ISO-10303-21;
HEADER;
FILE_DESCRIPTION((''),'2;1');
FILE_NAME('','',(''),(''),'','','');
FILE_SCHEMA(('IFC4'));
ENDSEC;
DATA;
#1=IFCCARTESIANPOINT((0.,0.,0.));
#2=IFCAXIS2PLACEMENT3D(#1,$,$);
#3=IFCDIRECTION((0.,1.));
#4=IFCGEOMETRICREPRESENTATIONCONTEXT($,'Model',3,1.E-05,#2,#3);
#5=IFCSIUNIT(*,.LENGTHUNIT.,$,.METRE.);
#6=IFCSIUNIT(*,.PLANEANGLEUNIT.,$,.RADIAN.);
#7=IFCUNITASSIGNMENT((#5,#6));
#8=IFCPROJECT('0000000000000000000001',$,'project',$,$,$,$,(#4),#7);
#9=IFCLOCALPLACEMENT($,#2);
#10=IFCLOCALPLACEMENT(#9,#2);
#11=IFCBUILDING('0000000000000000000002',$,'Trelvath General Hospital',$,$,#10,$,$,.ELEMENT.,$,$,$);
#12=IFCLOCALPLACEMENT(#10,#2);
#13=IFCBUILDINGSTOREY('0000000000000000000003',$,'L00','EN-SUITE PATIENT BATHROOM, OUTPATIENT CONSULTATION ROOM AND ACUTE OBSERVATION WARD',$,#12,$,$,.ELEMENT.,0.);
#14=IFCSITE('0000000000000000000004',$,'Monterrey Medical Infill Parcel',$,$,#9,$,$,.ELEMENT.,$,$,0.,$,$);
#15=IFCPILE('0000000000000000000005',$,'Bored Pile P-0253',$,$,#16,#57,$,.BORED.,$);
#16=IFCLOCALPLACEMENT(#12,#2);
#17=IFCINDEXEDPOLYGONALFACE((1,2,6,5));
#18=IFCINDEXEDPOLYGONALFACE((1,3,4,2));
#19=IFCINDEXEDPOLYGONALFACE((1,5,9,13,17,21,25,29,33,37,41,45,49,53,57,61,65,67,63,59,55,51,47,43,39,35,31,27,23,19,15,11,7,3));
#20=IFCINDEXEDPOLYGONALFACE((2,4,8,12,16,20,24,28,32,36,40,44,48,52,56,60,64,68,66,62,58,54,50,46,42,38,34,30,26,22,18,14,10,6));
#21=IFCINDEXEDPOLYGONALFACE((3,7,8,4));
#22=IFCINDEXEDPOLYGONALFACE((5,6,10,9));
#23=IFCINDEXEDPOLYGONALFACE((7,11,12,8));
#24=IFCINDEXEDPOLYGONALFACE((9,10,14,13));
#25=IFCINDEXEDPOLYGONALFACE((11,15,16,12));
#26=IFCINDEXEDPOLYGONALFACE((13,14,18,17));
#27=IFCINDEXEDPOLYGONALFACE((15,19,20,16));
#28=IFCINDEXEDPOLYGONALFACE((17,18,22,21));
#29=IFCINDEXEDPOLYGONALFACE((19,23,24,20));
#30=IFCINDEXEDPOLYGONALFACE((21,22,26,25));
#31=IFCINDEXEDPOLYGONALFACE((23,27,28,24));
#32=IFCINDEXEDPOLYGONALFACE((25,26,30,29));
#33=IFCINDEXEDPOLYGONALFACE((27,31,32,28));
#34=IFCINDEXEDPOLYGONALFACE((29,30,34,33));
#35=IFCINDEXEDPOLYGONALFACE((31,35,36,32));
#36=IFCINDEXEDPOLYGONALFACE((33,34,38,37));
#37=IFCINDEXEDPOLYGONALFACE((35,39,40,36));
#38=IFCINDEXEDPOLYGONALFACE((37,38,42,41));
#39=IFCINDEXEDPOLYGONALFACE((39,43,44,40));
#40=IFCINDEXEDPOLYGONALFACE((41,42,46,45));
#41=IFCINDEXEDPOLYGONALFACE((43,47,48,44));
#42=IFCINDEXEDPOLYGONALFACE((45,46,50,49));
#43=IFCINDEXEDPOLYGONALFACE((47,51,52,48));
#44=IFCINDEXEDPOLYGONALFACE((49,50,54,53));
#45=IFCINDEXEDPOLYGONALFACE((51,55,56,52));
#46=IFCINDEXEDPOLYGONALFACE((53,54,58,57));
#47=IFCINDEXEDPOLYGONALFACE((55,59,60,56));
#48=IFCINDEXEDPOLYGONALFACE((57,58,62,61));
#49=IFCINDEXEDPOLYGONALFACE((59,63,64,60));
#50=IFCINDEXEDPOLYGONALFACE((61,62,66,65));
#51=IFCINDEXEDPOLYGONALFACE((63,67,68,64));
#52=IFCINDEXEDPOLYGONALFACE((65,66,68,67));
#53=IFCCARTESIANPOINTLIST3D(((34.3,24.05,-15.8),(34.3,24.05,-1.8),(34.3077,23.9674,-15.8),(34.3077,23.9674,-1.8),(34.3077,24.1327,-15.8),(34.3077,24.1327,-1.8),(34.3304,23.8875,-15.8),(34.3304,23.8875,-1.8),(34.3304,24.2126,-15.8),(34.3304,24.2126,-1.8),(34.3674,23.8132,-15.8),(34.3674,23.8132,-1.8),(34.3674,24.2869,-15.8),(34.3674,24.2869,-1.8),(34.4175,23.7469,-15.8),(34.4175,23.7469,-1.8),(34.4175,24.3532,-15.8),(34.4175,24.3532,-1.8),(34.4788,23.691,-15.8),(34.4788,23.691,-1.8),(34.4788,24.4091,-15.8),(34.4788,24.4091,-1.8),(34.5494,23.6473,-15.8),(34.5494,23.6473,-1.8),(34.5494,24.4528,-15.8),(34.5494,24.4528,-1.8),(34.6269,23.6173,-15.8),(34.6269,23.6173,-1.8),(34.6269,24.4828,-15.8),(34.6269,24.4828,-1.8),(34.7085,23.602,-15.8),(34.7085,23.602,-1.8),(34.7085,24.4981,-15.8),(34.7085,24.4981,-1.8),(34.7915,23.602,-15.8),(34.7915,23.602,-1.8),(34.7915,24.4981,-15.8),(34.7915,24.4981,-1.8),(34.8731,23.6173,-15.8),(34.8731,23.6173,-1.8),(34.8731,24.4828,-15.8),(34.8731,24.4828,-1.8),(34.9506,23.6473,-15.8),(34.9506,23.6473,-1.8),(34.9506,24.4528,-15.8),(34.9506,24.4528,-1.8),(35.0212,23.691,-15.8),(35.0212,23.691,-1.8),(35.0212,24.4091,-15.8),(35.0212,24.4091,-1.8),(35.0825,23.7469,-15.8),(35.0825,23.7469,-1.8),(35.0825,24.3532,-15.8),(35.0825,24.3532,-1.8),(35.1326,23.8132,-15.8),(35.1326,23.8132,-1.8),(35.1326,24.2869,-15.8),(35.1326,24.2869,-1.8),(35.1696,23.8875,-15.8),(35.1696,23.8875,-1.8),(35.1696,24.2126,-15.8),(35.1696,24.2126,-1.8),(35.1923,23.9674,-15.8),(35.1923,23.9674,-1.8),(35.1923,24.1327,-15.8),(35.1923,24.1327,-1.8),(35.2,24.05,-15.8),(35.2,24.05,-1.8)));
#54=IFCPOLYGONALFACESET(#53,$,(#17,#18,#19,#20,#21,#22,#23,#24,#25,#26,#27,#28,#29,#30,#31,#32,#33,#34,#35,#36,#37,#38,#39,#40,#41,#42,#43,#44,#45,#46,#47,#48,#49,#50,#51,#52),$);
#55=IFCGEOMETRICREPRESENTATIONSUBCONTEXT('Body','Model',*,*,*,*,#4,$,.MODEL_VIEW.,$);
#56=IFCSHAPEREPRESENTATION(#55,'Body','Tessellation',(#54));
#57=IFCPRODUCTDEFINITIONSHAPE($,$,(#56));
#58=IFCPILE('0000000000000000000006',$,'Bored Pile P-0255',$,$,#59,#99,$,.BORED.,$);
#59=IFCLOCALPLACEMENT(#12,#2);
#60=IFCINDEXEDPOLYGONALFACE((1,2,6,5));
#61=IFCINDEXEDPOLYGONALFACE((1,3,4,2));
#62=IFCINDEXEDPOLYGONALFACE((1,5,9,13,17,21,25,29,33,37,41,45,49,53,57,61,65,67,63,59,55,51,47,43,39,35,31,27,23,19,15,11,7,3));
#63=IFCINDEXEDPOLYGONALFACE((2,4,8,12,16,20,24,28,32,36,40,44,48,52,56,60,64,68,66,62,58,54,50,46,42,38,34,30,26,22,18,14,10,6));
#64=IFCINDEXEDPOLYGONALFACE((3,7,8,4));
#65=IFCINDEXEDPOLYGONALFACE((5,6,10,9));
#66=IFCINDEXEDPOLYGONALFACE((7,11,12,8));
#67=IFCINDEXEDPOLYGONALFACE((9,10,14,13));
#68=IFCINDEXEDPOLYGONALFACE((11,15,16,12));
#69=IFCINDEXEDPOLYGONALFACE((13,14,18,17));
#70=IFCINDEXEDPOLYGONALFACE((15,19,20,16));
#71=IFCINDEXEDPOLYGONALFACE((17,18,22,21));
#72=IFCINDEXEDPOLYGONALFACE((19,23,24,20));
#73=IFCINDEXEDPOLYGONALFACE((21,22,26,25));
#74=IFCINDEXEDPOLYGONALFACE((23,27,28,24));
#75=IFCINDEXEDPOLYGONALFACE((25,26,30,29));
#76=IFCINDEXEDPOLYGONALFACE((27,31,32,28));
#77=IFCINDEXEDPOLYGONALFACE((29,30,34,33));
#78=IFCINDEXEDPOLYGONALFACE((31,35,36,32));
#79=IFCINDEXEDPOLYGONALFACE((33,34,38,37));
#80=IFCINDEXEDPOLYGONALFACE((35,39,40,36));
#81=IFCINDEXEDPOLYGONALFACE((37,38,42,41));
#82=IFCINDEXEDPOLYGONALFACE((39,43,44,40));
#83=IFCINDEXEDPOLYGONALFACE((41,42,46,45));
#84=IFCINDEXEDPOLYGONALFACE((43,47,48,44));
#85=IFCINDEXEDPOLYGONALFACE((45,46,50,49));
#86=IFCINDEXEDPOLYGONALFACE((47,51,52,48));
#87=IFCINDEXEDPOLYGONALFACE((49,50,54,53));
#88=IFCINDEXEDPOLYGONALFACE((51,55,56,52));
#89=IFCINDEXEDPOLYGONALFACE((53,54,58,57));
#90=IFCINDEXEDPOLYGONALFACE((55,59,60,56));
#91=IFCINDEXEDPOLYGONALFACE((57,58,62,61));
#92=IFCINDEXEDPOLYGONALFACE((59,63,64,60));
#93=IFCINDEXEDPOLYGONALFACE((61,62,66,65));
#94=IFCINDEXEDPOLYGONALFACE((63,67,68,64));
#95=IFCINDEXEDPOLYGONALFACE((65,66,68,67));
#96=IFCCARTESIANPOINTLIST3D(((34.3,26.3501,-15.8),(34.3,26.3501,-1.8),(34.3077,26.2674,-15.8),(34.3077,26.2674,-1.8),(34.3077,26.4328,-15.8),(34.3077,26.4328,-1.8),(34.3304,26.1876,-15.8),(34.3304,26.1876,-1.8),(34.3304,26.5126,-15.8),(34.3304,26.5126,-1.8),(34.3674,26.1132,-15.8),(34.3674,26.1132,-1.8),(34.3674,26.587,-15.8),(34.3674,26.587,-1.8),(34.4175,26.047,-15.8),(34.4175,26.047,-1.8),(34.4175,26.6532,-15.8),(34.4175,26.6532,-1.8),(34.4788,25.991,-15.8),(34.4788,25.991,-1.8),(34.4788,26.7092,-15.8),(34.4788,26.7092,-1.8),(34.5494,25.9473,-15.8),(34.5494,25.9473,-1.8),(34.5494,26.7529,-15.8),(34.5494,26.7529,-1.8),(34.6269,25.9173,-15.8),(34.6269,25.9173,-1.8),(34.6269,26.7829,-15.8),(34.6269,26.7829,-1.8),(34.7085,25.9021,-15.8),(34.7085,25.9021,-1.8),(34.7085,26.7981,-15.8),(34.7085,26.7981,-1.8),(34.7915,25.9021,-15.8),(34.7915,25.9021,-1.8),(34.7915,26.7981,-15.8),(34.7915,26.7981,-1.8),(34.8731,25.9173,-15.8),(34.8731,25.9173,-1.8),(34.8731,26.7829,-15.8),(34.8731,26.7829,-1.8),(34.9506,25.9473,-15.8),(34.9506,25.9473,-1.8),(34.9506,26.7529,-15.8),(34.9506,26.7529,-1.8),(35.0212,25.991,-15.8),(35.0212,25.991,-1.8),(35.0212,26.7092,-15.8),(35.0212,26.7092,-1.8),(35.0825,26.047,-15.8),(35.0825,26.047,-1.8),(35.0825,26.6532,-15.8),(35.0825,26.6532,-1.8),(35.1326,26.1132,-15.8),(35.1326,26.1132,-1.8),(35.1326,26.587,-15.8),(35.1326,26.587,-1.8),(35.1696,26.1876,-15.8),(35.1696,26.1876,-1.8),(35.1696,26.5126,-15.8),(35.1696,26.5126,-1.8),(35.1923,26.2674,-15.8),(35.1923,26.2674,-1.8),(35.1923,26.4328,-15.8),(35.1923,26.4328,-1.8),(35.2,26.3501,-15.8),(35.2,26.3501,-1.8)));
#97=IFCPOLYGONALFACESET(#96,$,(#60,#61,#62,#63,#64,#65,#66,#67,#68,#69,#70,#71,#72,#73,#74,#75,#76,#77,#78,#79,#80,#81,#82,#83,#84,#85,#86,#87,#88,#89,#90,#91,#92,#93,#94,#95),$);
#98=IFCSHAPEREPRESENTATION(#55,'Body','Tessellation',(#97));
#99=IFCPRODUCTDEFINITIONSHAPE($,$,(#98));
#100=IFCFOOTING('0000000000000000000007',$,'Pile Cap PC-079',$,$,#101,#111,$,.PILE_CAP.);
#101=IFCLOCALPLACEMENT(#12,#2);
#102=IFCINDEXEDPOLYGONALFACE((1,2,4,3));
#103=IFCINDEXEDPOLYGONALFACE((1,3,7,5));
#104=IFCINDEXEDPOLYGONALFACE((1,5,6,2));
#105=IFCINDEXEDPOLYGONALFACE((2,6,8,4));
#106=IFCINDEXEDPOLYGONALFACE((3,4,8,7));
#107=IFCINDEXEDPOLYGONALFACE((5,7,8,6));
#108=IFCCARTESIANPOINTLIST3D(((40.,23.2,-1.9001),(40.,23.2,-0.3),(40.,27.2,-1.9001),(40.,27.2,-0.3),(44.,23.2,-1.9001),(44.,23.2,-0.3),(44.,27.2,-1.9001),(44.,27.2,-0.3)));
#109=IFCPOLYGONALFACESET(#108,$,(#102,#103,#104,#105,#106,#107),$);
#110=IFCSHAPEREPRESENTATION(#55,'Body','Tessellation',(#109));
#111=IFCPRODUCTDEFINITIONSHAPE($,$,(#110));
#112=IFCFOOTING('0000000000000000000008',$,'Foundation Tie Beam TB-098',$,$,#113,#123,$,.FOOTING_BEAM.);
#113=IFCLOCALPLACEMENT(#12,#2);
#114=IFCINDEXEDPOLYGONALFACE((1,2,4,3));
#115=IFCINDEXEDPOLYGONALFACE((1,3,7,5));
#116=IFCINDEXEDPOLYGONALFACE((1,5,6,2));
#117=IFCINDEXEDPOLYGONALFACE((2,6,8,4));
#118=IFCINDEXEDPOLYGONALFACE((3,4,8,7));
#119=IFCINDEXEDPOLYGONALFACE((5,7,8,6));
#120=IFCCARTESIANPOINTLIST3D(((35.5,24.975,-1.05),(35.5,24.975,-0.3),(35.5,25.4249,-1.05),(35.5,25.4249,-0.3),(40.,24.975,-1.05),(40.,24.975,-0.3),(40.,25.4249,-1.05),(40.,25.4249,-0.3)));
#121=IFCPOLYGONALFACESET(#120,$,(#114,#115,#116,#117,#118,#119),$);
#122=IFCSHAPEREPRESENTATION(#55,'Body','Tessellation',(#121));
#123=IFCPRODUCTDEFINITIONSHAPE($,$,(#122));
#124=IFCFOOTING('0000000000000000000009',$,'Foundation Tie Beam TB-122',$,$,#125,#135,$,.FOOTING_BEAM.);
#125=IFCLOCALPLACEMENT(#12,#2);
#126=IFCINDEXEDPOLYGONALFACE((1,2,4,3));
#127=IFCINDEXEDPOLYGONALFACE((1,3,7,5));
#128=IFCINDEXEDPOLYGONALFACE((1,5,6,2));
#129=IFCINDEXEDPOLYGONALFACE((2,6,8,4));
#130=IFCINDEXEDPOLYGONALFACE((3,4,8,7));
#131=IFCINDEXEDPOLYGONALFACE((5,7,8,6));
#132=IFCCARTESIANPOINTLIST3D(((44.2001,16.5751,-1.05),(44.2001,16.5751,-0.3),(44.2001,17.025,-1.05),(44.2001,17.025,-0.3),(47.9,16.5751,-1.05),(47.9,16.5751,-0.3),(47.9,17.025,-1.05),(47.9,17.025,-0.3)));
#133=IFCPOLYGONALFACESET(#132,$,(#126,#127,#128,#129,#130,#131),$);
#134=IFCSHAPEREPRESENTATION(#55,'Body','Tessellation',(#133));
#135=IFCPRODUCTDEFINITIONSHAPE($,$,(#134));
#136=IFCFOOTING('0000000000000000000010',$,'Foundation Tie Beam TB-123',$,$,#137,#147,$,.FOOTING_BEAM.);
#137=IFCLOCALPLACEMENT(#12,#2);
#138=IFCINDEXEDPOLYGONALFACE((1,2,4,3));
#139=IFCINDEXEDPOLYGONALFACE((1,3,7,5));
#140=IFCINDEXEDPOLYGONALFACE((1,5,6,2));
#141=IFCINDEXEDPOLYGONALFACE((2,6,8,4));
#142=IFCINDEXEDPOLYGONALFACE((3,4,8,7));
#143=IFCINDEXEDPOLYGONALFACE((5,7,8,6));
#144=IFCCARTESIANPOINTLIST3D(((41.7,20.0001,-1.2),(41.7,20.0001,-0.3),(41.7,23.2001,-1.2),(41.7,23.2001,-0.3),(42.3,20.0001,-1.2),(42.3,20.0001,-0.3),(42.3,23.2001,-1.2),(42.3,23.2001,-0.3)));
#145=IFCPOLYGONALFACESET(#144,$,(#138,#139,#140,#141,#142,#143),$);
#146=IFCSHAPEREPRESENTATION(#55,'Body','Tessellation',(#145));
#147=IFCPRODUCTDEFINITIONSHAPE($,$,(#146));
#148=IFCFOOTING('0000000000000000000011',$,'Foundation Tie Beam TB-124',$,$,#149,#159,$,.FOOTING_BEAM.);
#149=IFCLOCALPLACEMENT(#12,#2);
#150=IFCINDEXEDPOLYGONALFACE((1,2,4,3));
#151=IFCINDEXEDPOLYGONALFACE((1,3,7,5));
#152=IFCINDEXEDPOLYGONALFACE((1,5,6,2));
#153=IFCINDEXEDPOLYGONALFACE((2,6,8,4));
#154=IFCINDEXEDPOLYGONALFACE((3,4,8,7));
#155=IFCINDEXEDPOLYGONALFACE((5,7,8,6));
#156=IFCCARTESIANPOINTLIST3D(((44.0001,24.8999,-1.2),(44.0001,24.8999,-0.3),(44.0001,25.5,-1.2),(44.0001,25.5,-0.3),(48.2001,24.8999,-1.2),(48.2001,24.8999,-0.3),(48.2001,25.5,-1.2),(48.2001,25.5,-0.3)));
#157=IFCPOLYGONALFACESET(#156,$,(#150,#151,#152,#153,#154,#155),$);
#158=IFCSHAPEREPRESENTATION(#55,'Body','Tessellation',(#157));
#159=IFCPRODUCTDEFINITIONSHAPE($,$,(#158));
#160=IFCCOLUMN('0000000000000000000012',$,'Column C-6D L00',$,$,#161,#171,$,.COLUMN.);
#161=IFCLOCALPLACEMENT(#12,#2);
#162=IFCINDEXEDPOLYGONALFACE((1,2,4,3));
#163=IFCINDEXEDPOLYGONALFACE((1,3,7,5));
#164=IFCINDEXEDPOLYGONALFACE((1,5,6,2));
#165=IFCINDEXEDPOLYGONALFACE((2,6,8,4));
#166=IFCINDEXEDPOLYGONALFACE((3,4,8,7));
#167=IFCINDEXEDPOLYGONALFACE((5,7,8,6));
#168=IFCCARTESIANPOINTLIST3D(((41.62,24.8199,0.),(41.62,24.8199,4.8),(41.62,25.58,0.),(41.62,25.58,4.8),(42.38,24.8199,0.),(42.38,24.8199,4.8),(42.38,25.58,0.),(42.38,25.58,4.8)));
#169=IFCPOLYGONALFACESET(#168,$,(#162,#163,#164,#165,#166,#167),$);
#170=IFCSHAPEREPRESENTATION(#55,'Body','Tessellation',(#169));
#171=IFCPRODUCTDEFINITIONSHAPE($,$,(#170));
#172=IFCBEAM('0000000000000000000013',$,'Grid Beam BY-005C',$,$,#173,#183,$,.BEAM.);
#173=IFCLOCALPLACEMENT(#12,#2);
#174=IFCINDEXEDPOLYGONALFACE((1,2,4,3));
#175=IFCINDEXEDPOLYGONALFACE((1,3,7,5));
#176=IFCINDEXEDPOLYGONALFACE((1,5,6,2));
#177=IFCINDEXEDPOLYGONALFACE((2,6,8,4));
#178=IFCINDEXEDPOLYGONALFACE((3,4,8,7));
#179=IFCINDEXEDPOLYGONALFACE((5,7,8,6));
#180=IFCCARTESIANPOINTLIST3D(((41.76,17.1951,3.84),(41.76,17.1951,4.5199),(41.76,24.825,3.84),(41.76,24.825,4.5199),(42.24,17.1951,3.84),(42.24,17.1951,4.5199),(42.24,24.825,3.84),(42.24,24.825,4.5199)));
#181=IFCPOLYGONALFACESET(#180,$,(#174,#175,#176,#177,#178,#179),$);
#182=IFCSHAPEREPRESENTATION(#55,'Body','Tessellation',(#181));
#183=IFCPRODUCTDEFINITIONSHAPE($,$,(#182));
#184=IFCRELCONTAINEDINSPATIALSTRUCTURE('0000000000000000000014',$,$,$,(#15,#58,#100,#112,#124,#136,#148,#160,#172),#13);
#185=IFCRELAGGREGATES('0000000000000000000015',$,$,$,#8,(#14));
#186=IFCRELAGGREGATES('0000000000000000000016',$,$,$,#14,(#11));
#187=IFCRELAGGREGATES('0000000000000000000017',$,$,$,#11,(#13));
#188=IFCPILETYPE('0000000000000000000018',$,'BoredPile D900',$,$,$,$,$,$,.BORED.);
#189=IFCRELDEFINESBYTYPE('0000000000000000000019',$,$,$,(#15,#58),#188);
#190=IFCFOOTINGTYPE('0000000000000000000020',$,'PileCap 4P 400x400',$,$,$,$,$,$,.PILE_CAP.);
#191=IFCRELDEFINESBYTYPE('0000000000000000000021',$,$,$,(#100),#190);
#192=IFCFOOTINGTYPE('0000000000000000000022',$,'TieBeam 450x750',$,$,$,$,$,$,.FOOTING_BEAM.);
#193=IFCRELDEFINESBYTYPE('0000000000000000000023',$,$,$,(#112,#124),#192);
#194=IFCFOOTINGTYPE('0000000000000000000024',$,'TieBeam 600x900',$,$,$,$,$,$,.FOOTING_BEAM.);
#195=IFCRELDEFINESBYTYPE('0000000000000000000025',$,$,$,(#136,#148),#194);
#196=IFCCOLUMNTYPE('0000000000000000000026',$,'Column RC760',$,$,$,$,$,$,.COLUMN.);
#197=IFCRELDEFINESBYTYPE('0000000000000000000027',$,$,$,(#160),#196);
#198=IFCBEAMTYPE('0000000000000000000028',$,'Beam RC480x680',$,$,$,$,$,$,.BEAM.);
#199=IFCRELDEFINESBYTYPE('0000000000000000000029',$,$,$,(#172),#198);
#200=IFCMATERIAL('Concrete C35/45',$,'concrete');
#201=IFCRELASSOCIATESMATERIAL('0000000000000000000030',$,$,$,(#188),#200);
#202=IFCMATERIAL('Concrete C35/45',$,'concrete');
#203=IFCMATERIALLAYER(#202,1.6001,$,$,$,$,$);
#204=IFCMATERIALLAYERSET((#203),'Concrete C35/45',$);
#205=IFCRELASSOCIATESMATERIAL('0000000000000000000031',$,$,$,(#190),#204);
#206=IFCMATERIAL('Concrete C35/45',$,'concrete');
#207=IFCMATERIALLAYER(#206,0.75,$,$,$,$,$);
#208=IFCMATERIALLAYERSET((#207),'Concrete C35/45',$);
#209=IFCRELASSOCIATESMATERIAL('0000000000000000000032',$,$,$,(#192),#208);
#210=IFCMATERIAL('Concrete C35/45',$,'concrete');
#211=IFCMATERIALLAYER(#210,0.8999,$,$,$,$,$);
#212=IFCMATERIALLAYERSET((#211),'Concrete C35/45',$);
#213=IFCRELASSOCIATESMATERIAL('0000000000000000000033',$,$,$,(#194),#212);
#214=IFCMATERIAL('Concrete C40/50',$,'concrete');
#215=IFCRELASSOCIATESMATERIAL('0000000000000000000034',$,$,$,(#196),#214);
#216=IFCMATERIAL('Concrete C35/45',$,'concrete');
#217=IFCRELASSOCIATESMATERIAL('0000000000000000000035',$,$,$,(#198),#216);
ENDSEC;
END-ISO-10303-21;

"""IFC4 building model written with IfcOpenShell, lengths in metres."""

from ifc_helpers import new_model, si_unit, direction, frame, origin, origin_2d, place, context, subcontext, project, spatial, rectangle, circle, extrude, material, layer, layer_set, material_profile, profile_set, type_object, element, save


model = new_model("IFC4")

# Units and contexts
model_context = context("Model", 3, precision=1e-05, world=origin(), true_north=direction((0.0, 1.0)))
body_context = subcontext(model_context, "Body", "Model", "MODEL_VIEW")
ifc_project = project(units=[si_unit("LENGTHUNIT", "METRE"), si_unit("PLANEANGLEUNIT", "RADIAN")], contexts=[model_context])

# Site, building, storey
site_placement = place(None, origin())
site = spatial("IfcSite", under=ifc_project, at=site_placement, Name="Monterrey Medical Infill Parcel", CompositionType="ELEMENT", RefElevation=0.0)
building_placement = place(site_placement, origin())
building = spatial("IfcBuilding", under=site, at=building_placement, Name="Trelvath General Hospital", CompositionType="ELEMENT")
storey_placement = place(building_placement, origin())
storey = spatial("IfcBuildingStorey", under=building, at=storey_placement, Name="L00", Description="EN-SUITE PATIENT BATHROOM, OUTPATIENT CONSULTATION ROOM AND ACUTE OBSERVATION WARD", CompositionType="ELEMENT", Elevation=0.0)

# Piles
ifc_material_1 = material(Name="Concrete C35/45", Category="concrete")
ifc_material_profile_1 = material_profile(ifc_material_1, circle(Radius=0.45, at=origin_2d()), Name="PILE900")
ifc_profile_set_1 = profile_set([ifc_material_profile_1], Name="Concrete C35/45")
pile_type_1 = type_object("IfcPileType", Name="BoredPile D900", PredefinedType="BORED", material=ifc_profile_set_1)
for number, where, z_axis, x_axis, name in (
    (1, (34.75, 24.05, -1.8), (0.0, 0.0, -1.0), (1.0, 0.0, 0.0), "Bored Pile P-0253"),
    (2, (34.75, 26.3501, -1.8), (0.0, 0.0, -1.0), (1.0, 0.0, 0.0), "Bored Pile P-0255"),
):
    element("IfcPile", number, at=place(storey_placement, frame(where, z_axis=z_axis, x_axis=x_axis)), inside=storey, type_object=pile_type_1, Name=name, PredefinedType="BORED", context=body_context, shape_type="SweptSolid", body=[
        extrude(circle(Radius=0.45, at=origin_2d()), origin(), (0.0, 0.0, 1.0), 14.0),
    ])

# Footings
ifc_material_2 = material(Name="Concrete C35/45", Category="concrete")
ifc_layer_1 = layer(ifc_material_2, 1.6001)
ifc_layer_set_1 = layer_set([ifc_layer_1], Name="Concrete C35/45")
footing_type_1 = type_object("IfcFootingType", Name="PileCap 4P 400x400", PredefinedType="PILE_CAP", material=ifc_layer_set_1)
footing_1_placement = place(storey_placement, frame((42.0, 25.2, -1.9001), z_axis=(0.0, 0.0, 1.0), x_axis=(1.0, 0.0, 0.0)))
element("IfcFooting", 3, at=footing_1_placement, inside=storey, type_object=footing_type_1, Name="Pile Cap PC-079", PredefinedType="PILE_CAP", context=body_context, shape_type="SweptSolid", body=[
    extrude(rectangle(XDim=4.0, YDim=4.0, at=origin_2d()), origin(), (0.0, 0.0, 1.0), 1.6001),
])
ifc_material_3 = material(Name="Concrete C35/45", Category="concrete")
ifc_layer_2 = layer(ifc_material_3, 0.75)
ifc_layer_set_2 = layer_set([ifc_layer_2], Name="Concrete C35/45")
footing_type_2 = type_object("IfcFootingType", Name="TieBeam 450x750", PredefinedType="FOOTING_BEAM", material=ifc_layer_set_2)
footing_2_placement = place(storey_placement, frame((37.75, 25.2, -1.05), z_axis=(0.0, 0.0, 1.0), x_axis=(1.0, 0.0, 0.0)))
element("IfcFooting", 4, at=footing_2_placement, inside=storey, type_object=footing_type_2, Name="Foundation Tie Beam TB-098", PredefinedType="FOOTING_BEAM", context=body_context, shape_type="SweptSolid", body=[
    extrude(rectangle(XDim=4.5, YDim=0.45, at=origin_2d()), origin(), (0.0, 0.0, 1.0), 0.75),
])
footing_3_placement = place(storey_placement, frame((46.05, 16.8, -1.05), z_axis=(0.0, 0.0, 1.0), x_axis=(1.0, 0.0, 0.0)))
element("IfcFooting", 5, at=footing_3_placement, inside=storey, type_object=footing_type_2, Name="Foundation Tie Beam TB-122", PredefinedType="FOOTING_BEAM", context=body_context, shape_type="SweptSolid", body=[
    extrude(rectangle(XDim=3.7, YDim=0.45, at=origin_2d()), origin(), (0.0, 0.0, 1.0), 0.75),
])
ifc_material_4 = material(Name="Concrete C35/45", Category="concrete")
ifc_layer_3 = layer(ifc_material_4, 0.8999)
ifc_layer_set_3 = layer_set([ifc_layer_3], Name="Concrete C35/45")
footing_type_3 = type_object("IfcFootingType", Name="TieBeam 600x900", PredefinedType="FOOTING_BEAM", material=ifc_layer_set_3)
footing_4_placement = place(storey_placement, frame((42.0, 21.6001, -1.2), z_axis=(0.0, 0.0, 1.0), x_axis=(1.0, 0.0, 0.0)))
element("IfcFooting", 6, at=footing_4_placement, inside=storey, type_object=footing_type_3, Name="Foundation Tie Beam TB-123", PredefinedType="FOOTING_BEAM", context=body_context, shape_type="SweptSolid", body=[
    extrude(rectangle(XDim=0.6001, YDim=3.2, at=origin_2d()), origin(), (0.0, 0.0, 1.0), 0.8999),
])
footing_5_placement = place(storey_placement, frame((46.1001, 25.2, -1.2), z_axis=(0.0, 0.0, 1.0), x_axis=(1.0, 0.0, 0.0)))
element("IfcFooting", 7, at=footing_5_placement, inside=storey, type_object=footing_type_3, Name="Foundation Tie Beam TB-124", PredefinedType="FOOTING_BEAM", context=body_context, shape_type="SweptSolid", body=[
    extrude(rectangle(XDim=4.2, YDim=0.6001, at=origin_2d()), origin(), (0.0, 0.0, 1.0), 0.8999),
])

# Column
ifc_material_5 = material(Name="Concrete C40/50", Category="concrete")
ifc_material_profile_2 = material_profile(ifc_material_5, rectangle(XDim=0.76, YDim=0.76, at=origin_2d()), Name="RC760x760")
ifc_profile_set_2 = profile_set([ifc_material_profile_2], Name="Concrete C40/50")
column_type = type_object("IfcColumnType", Name="Column RC760", PredefinedType="COLUMN", material=ifc_profile_set_2)
column_placement = place(storey_placement, frame((42.0, 25.2, 0.0), z_axis=(0.0, 0.0, 1.0), x_axis=(1.0, 0.0, 0.0)))
element("IfcColumn", 8, at=column_placement, inside=storey, type_object=column_type, Name="Column C-6D L00", PredefinedType="COLUMN", context=body_context, shape_type="SweptSolid", body=[
    extrude(rectangle(XDim=0.76, YDim=0.76, at=origin_2d()), origin(), (0.0, 0.0, 1.0), 4.8),
])

# Beam
ifc_material_6 = material(Name="Concrete C35/45", Category="concrete")
ifc_material_profile_3 = material_profile(ifc_material_6, rectangle(XDim=0.48, YDim=0.6799, at=origin_2d()), Name="RCB480x680")
ifc_profile_set_3 = profile_set([ifc_material_profile_3], Name="Concrete C35/45")
beam_type_1 = type_object("IfcBeamType", Name="Beam RC480x680", PredefinedType="BEAM", material=ifc_profile_set_3)
beam_1_placement = place(storey_placement, frame((42.0, 17.1951, 4.1799), z_axis=(0.0, 1.0, 0.0), x_axis=(-1.0, 0.0, 0.0)))
element("IfcBeam", 9, at=beam_1_placement, inside=storey, type_object=beam_type_1, Name="Grid Beam BY-005C", PredefinedType="BEAM", context=body_context, shape_type="SweptSolid", body=[
    extrude(rectangle(XDim=0.48, YDim=0.6799, at=origin_2d()), origin(), (0.0, 0.0, 1.0), 7.6299),
])

save(model, "model.ifc")
